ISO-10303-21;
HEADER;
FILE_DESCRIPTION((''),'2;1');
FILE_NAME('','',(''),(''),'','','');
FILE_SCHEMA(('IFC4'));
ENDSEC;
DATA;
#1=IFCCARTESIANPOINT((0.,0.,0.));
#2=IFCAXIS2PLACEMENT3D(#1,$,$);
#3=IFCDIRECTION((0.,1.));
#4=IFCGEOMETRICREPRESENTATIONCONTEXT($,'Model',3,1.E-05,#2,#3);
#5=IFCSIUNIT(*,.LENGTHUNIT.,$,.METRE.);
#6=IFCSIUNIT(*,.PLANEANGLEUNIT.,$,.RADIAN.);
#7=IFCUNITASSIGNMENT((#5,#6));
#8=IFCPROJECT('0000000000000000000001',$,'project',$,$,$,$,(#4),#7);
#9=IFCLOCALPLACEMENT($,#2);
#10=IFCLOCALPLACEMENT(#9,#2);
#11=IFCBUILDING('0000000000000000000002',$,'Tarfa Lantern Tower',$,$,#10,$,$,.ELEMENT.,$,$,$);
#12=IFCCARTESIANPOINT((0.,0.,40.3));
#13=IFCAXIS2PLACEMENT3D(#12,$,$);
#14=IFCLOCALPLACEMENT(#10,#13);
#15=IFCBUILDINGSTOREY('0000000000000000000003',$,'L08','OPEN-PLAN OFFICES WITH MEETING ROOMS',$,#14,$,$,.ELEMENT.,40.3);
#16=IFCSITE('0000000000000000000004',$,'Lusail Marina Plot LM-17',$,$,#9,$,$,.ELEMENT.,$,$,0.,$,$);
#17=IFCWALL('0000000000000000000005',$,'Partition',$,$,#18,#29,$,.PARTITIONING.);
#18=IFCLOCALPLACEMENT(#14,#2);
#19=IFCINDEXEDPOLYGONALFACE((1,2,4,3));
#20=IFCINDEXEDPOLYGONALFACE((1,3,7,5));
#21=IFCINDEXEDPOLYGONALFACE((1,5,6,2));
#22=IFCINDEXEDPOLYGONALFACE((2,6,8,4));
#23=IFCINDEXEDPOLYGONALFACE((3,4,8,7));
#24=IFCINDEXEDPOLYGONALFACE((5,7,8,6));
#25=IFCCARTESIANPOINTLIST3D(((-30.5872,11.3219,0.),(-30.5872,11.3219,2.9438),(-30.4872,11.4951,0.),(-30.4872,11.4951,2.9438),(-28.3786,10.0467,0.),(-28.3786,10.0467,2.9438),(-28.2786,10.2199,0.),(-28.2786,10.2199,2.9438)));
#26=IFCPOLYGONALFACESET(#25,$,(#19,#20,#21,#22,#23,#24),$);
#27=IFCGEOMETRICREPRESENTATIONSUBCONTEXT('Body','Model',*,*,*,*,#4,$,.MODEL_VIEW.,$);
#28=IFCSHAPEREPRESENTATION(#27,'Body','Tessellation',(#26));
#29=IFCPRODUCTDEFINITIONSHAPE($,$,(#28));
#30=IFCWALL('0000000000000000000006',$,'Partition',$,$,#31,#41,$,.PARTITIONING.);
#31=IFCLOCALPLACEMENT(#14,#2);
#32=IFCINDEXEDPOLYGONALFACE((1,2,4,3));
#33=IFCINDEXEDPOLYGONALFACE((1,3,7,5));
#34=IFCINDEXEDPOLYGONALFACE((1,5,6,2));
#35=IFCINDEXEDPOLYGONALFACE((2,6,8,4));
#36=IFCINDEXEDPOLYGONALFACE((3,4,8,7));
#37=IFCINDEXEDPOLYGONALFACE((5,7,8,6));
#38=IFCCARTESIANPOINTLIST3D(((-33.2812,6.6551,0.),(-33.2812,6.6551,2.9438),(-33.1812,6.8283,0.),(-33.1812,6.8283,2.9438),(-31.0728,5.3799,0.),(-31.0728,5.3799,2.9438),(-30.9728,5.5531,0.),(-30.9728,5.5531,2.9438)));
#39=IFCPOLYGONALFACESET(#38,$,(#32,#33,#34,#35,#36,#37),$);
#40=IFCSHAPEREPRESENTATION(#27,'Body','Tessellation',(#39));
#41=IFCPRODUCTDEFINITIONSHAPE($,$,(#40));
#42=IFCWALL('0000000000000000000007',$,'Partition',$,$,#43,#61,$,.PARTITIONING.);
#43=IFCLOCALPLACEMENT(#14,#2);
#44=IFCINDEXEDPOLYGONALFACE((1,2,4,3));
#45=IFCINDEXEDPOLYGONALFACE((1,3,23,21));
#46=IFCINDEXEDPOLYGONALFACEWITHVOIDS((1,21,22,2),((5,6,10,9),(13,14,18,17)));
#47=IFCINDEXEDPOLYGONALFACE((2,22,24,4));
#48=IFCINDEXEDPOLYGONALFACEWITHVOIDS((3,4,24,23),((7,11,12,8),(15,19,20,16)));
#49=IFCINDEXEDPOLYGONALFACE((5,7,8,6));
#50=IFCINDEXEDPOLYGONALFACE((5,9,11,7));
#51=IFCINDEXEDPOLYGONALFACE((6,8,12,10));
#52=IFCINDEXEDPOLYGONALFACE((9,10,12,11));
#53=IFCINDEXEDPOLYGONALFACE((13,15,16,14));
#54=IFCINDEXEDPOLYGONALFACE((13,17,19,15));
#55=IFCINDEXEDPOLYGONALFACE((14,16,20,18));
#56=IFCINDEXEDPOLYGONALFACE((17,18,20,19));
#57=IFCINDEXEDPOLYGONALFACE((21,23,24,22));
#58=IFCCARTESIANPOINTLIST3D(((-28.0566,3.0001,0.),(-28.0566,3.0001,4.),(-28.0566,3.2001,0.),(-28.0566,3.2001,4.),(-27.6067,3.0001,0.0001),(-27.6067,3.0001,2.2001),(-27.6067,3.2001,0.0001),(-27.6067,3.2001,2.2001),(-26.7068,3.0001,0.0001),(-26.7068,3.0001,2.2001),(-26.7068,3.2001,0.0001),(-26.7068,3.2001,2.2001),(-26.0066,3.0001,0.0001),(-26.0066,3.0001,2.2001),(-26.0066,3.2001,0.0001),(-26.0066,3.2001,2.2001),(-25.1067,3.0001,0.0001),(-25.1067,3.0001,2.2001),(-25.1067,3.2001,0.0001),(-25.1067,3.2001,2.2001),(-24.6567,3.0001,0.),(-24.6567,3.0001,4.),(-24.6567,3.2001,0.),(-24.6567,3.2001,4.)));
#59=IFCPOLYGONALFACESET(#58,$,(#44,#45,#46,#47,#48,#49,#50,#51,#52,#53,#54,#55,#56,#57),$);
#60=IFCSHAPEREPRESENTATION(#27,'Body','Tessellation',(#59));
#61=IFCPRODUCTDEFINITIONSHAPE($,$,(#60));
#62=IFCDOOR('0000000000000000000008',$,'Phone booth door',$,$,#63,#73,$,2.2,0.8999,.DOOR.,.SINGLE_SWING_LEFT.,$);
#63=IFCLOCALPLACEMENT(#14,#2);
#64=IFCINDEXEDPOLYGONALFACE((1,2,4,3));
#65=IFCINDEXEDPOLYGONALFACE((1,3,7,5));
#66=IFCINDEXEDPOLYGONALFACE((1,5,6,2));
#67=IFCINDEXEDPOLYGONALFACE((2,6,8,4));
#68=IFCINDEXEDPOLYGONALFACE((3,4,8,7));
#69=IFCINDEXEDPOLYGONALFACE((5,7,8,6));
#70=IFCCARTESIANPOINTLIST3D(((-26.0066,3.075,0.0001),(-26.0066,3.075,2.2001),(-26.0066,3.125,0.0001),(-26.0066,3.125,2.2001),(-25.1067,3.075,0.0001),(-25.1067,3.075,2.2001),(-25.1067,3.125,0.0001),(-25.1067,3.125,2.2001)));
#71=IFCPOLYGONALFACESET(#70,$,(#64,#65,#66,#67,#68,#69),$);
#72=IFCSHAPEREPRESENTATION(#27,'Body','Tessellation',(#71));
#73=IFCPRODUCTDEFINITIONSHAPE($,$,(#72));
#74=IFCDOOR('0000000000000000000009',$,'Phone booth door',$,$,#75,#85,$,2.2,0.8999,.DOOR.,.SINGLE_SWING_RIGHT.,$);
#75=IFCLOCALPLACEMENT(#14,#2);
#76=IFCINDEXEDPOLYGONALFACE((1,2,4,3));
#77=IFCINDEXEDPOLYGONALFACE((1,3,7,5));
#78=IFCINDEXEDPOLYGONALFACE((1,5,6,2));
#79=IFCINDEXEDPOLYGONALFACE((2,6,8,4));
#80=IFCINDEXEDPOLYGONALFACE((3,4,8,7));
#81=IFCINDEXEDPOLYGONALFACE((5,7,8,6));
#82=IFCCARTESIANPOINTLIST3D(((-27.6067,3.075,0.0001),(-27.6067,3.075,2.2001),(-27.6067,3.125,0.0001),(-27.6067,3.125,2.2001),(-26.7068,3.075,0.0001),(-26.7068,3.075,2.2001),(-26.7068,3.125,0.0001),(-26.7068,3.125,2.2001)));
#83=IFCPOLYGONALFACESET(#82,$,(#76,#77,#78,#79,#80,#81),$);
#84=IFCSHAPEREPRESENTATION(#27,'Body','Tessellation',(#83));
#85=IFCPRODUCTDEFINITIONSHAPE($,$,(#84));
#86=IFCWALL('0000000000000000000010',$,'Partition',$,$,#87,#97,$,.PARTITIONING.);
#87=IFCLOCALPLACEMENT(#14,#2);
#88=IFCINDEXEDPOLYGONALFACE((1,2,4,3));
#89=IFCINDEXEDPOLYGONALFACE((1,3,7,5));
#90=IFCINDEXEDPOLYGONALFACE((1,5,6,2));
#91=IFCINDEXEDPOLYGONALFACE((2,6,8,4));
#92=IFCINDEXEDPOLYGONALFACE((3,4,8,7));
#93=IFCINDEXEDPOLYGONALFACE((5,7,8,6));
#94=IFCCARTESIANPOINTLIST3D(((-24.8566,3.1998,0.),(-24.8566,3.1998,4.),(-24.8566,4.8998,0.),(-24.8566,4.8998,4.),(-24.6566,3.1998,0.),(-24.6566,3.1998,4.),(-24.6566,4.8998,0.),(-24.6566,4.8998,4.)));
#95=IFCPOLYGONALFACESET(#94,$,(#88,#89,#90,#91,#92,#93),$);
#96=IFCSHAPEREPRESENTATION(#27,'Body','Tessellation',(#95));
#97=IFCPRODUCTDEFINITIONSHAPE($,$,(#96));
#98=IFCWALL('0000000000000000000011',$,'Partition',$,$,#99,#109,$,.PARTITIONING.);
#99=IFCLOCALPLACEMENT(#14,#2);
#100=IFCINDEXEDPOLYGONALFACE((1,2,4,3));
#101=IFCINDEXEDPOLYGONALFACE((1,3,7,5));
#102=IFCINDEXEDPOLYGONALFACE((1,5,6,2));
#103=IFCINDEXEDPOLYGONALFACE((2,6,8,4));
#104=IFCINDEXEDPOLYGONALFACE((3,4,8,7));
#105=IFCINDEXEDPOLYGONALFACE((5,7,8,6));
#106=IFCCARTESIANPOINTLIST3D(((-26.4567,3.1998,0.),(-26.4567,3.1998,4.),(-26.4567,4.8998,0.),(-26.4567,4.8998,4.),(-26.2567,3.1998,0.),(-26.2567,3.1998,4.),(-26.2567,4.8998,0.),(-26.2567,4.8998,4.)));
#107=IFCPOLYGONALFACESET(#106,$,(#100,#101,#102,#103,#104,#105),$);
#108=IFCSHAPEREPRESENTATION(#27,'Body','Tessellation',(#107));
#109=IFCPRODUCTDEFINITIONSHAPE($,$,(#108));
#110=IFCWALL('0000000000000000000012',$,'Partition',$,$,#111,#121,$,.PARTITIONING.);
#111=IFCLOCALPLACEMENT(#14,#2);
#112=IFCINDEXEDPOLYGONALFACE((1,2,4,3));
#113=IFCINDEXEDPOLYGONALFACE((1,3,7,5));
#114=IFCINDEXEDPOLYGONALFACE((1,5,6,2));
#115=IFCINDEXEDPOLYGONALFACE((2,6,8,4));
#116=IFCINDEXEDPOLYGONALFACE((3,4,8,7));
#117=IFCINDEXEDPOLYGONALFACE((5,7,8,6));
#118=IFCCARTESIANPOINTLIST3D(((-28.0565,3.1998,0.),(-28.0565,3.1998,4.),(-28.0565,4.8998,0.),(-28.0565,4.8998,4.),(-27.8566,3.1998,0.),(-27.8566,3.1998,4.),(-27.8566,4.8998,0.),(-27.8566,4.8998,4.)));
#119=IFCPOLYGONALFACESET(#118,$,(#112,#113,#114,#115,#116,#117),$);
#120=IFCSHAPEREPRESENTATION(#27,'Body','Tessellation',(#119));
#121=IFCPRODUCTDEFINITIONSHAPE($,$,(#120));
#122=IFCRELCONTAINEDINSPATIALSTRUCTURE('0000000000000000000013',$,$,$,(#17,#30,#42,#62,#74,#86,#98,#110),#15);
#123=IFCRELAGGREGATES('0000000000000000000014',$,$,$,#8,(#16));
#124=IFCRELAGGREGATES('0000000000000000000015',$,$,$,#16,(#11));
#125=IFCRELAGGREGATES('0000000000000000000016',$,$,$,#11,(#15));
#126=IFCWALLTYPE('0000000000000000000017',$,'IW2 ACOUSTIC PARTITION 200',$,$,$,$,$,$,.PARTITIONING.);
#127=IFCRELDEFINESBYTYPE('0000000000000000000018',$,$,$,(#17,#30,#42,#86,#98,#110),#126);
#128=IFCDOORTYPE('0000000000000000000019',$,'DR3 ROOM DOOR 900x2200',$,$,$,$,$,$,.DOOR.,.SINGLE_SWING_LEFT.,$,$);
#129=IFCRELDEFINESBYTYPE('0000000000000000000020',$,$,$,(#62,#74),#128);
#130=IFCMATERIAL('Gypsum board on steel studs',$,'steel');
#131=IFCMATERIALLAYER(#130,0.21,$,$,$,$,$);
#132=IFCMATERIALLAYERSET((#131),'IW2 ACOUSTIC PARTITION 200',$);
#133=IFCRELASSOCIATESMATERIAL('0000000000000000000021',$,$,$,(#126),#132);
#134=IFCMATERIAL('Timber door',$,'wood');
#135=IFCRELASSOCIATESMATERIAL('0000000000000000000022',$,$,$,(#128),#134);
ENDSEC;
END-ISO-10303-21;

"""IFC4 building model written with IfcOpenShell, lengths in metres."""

from ifc_helpers import new_model, si_unit, direction, frame, frame_2d, origin, place, context, subcontext, project, spatial, rectangle, extrude, material, layer, layer_set, type_object, element, fill, save


model = new_model("IFC4")

# Units and contexts
model_context = context("Model", 3, precision=1e-05, world=origin(), true_north=direction((0.0, 1.0)))
body_context = subcontext(model_context, "Body", "Model", "MODEL_VIEW")
ifc_project = project(units=[si_unit("LENGTHUNIT", "METRE"), si_unit("PLANEANGLEUNIT", "RADIAN")], contexts=[model_context])

# Site, building, storey
site_placement = place(None, origin())
site = spatial("IfcSite", under=ifc_project, at=site_placement, Name="Lusail Marina Plot LM-17", CompositionType="ELEMENT", RefElevation=0.0)
building_placement = place(site_placement, origin())
building = spatial("IfcBuilding", under=site, at=building_placement, Name="Tarfa Lantern Tower", CompositionType="ELEMENT")
storey_placement = place(building_placement, frame((0.0, 0.0, 40.3)))
storey = spatial("IfcBuildingStorey", under=building, at=storey_placement, Name="L08", Description="OPEN-PLAN OFFICES WITH MEETING ROOMS", CompositionType="ELEMENT", Elevation=40.3)

# Walls
ifc_material_1 = material(Name="Gypsum board on steel studs", Category="steel")
ifc_layer_1 = layer(ifc_material_1, 0.21)
ifc_layer_set_1 = layer_set([ifc_layer_1], Name="IW2 ACOUSTIC PARTITION 200")
wall_type = type_object("IfcWallType", Name="IW2 ACOUSTIC PARTITION 200", PredefinedType="PARTITIONING", material=ifc_layer_set_1)
wall_1_placement = place(storey_placement, frame((-28.3286, 10.1333, 0.0), z_axis=(0.0, 0.0, 1.0), x_axis=(-0.866013, 0.500021, 0.0)))
element("IfcWall", 1, at=wall_1_placement, inside=storey, type_object=wall_type, Name="Partition", PredefinedType="PARTITIONING", context=body_context, shape_type="SweptSolid", body=[
    extrude(rectangle(XDim=2.5503, YDim=0.2, at=frame_2d((1.2751, 0.0))), origin(), (0.0, 0.0, 1.0), 2.9438),
])
wall_2_placement = place(storey_placement, frame((-31.0229, 5.4666, 0.0), z_axis=(0.0, 0.0, 1.0), x_axis=(-0.865989, 0.500062, 0.0)))
element("IfcWall", 2, at=wall_2_placement, inside=storey, type_object=wall_type, Name="Partition", PredefinedType="PARTITIONING", context=body_context, shape_type="SweptSolid", body=[
    extrude(rectangle(XDim=2.55, YDim=0.2, at=frame_2d((1.2749, 0.0))), origin(), (0.0, 0.0, 1.0), 2.9438),
])

# Wall, openings, doors
wall_3_placement = place(storey_placement, frame((-24.6567, 3.1001, 0.0), z_axis=(0.0, 0.0, 1.0), x_axis=(-1.0, 0.0, 0.0)))
wall_3 = element("IfcWall", 3, at=wall_3_placement, inside=storey, type_object=wall_type, Name="Partition", PredefinedType="PARTITIONING", context=body_context, shape_type="SweptSolid", body=[
    extrude(rectangle(XDim=3.3999, YDim=0.2, at=frame_2d((1.7, 0.0))), origin(), (0.0, 0.0, 1.0), 4.0),
])
opening_1_placement = place(wall_3_placement, frame((0.45, 0.0, 0.0)))
opening_1 = element("IfcOpeningElement", 4, at=opening_1_placement, cuts=wall_3, PredefinedType="OPENING", context=body_context, shape_type="SweptSolid", body=[
    extrude(rectangle(XDim=0.8999, YDim=2.2, at=frame_2d((0.45, 1.1001))), frame((0.0, 0.1099, 0.0), z_axis=(0.0, -1.0, 0.0), x_axis=(1.0, 0.0, 0.0)), (0.0, 0.0, 1.0), 0.22),
])
opening_2_placement = place(wall_3_placement, frame((2.05, 0.0, 0.0)))
opening_2 = element("IfcOpeningElement", 5, at=opening_2_placement, cuts=wall_3, PredefinedType="OPENING", context=body_context, shape_type="SweptSolid", body=[
    extrude(rectangle(XDim=0.8999, YDim=2.2, at=frame_2d((0.45, 1.1001))), frame((0.0, 0.1099, 0.0), z_axis=(0.0, -1.0, 0.0), x_axis=(1.0, 0.0, 0.0)), (0.0, 0.0, 1.0), 0.22),
])
ifc_material_2 = material(Name="Timber door", Category="wood")
door_type = type_object("IfcDoorType", Name="DR3 ROOM DOOR 900x2200", OperationType="SINGLE_SWING_LEFT", PredefinedType="DOOR", material=ifc_material_2)
door_1_placement = place(opening_1_placement, frame((0.8999, 0.0, 0.0), z_axis=(0.0, 0.0, 1.0), x_axis=(-1.0, 0.0, 0.0)))
door_1 = element("IfcDoor", 6, at=door_1_placement, inside=storey, type_object=door_type, Name="Phone booth door", OperationType="SINGLE_SWING_LEFT", OverallHeight=2.2, OverallWidth=0.8999, PredefinedType="DOOR", context=body_context, shape_type="SweptSolid", body=[
    extrude(rectangle(XDim=0.8999, YDim=2.2, at=frame_2d((0.45, 1.1001))), frame((0.0, 0.0249, 0.0), z_axis=(0.0, -1.0, 0.0), x_axis=(1.0, 0.0, 0.0)), (0.0, 0.0, 1.0), 0.05),
])
fill(opening_1, door_1)
door_2_placement = place(opening_2_placement, frame((0.8999, 0.0, 0.0), z_axis=(0.0, 0.0, 1.0), x_axis=(-1.0, 0.0, 0.0)))
door_2 = element("IfcDoor", 7, at=door_2_placement, inside=storey, type_object=door_type, Name="Phone booth door", OperationType="SINGLE_SWING_RIGHT", OverallHeight=2.2, OverallWidth=0.8999, PredefinedType="DOOR", context=body_context, shape_type="SweptSolid", body=[
    extrude(rectangle(XDim=0.8999, YDim=2.2, at=frame_2d((0.45, 1.1001))), frame((0.0, 0.0249, 0.0), z_axis=(0.0, -1.0, 0.0), x_axis=(1.0, 0.0, 0.0)), (0.0, 0.0, 1.0), 0.05),
])
fill(opening_2, door_2)

# Walls
for number, where, z_axis, x_axis, name in (
    (8, (-24.7566, 4.8999, 0.0), (0.0, 0.0, 1.0), (0.0, -1.0, 0.0), "Partition"),
    (9, (-26.3567, 4.8999, 0.0), (0.0, 0.0, 1.0), (0.0, -1.0, 0.0), "Partition"),
    (10, (-27.9565, 4.8999, 0.0), (0.0, 0.0, 1.0), (0.0, -1.0, 0.0), "Partition"),
):
    element("IfcWall", number, at=place(storey_placement, frame(where, z_axis=z_axis, x_axis=x_axis)), inside=storey, type_object=wall_type, Name=name, PredefinedType="PARTITIONING", context=body_context, shape_type="SweptSolid", body=[
        extrude(rectangle(XDim=1.7, YDim=0.2, at=frame_2d((0.8501, 0.0))), origin(), (0.0, 0.0, 1.0), 4.0),
    ])

save(model, "model.ifc")
